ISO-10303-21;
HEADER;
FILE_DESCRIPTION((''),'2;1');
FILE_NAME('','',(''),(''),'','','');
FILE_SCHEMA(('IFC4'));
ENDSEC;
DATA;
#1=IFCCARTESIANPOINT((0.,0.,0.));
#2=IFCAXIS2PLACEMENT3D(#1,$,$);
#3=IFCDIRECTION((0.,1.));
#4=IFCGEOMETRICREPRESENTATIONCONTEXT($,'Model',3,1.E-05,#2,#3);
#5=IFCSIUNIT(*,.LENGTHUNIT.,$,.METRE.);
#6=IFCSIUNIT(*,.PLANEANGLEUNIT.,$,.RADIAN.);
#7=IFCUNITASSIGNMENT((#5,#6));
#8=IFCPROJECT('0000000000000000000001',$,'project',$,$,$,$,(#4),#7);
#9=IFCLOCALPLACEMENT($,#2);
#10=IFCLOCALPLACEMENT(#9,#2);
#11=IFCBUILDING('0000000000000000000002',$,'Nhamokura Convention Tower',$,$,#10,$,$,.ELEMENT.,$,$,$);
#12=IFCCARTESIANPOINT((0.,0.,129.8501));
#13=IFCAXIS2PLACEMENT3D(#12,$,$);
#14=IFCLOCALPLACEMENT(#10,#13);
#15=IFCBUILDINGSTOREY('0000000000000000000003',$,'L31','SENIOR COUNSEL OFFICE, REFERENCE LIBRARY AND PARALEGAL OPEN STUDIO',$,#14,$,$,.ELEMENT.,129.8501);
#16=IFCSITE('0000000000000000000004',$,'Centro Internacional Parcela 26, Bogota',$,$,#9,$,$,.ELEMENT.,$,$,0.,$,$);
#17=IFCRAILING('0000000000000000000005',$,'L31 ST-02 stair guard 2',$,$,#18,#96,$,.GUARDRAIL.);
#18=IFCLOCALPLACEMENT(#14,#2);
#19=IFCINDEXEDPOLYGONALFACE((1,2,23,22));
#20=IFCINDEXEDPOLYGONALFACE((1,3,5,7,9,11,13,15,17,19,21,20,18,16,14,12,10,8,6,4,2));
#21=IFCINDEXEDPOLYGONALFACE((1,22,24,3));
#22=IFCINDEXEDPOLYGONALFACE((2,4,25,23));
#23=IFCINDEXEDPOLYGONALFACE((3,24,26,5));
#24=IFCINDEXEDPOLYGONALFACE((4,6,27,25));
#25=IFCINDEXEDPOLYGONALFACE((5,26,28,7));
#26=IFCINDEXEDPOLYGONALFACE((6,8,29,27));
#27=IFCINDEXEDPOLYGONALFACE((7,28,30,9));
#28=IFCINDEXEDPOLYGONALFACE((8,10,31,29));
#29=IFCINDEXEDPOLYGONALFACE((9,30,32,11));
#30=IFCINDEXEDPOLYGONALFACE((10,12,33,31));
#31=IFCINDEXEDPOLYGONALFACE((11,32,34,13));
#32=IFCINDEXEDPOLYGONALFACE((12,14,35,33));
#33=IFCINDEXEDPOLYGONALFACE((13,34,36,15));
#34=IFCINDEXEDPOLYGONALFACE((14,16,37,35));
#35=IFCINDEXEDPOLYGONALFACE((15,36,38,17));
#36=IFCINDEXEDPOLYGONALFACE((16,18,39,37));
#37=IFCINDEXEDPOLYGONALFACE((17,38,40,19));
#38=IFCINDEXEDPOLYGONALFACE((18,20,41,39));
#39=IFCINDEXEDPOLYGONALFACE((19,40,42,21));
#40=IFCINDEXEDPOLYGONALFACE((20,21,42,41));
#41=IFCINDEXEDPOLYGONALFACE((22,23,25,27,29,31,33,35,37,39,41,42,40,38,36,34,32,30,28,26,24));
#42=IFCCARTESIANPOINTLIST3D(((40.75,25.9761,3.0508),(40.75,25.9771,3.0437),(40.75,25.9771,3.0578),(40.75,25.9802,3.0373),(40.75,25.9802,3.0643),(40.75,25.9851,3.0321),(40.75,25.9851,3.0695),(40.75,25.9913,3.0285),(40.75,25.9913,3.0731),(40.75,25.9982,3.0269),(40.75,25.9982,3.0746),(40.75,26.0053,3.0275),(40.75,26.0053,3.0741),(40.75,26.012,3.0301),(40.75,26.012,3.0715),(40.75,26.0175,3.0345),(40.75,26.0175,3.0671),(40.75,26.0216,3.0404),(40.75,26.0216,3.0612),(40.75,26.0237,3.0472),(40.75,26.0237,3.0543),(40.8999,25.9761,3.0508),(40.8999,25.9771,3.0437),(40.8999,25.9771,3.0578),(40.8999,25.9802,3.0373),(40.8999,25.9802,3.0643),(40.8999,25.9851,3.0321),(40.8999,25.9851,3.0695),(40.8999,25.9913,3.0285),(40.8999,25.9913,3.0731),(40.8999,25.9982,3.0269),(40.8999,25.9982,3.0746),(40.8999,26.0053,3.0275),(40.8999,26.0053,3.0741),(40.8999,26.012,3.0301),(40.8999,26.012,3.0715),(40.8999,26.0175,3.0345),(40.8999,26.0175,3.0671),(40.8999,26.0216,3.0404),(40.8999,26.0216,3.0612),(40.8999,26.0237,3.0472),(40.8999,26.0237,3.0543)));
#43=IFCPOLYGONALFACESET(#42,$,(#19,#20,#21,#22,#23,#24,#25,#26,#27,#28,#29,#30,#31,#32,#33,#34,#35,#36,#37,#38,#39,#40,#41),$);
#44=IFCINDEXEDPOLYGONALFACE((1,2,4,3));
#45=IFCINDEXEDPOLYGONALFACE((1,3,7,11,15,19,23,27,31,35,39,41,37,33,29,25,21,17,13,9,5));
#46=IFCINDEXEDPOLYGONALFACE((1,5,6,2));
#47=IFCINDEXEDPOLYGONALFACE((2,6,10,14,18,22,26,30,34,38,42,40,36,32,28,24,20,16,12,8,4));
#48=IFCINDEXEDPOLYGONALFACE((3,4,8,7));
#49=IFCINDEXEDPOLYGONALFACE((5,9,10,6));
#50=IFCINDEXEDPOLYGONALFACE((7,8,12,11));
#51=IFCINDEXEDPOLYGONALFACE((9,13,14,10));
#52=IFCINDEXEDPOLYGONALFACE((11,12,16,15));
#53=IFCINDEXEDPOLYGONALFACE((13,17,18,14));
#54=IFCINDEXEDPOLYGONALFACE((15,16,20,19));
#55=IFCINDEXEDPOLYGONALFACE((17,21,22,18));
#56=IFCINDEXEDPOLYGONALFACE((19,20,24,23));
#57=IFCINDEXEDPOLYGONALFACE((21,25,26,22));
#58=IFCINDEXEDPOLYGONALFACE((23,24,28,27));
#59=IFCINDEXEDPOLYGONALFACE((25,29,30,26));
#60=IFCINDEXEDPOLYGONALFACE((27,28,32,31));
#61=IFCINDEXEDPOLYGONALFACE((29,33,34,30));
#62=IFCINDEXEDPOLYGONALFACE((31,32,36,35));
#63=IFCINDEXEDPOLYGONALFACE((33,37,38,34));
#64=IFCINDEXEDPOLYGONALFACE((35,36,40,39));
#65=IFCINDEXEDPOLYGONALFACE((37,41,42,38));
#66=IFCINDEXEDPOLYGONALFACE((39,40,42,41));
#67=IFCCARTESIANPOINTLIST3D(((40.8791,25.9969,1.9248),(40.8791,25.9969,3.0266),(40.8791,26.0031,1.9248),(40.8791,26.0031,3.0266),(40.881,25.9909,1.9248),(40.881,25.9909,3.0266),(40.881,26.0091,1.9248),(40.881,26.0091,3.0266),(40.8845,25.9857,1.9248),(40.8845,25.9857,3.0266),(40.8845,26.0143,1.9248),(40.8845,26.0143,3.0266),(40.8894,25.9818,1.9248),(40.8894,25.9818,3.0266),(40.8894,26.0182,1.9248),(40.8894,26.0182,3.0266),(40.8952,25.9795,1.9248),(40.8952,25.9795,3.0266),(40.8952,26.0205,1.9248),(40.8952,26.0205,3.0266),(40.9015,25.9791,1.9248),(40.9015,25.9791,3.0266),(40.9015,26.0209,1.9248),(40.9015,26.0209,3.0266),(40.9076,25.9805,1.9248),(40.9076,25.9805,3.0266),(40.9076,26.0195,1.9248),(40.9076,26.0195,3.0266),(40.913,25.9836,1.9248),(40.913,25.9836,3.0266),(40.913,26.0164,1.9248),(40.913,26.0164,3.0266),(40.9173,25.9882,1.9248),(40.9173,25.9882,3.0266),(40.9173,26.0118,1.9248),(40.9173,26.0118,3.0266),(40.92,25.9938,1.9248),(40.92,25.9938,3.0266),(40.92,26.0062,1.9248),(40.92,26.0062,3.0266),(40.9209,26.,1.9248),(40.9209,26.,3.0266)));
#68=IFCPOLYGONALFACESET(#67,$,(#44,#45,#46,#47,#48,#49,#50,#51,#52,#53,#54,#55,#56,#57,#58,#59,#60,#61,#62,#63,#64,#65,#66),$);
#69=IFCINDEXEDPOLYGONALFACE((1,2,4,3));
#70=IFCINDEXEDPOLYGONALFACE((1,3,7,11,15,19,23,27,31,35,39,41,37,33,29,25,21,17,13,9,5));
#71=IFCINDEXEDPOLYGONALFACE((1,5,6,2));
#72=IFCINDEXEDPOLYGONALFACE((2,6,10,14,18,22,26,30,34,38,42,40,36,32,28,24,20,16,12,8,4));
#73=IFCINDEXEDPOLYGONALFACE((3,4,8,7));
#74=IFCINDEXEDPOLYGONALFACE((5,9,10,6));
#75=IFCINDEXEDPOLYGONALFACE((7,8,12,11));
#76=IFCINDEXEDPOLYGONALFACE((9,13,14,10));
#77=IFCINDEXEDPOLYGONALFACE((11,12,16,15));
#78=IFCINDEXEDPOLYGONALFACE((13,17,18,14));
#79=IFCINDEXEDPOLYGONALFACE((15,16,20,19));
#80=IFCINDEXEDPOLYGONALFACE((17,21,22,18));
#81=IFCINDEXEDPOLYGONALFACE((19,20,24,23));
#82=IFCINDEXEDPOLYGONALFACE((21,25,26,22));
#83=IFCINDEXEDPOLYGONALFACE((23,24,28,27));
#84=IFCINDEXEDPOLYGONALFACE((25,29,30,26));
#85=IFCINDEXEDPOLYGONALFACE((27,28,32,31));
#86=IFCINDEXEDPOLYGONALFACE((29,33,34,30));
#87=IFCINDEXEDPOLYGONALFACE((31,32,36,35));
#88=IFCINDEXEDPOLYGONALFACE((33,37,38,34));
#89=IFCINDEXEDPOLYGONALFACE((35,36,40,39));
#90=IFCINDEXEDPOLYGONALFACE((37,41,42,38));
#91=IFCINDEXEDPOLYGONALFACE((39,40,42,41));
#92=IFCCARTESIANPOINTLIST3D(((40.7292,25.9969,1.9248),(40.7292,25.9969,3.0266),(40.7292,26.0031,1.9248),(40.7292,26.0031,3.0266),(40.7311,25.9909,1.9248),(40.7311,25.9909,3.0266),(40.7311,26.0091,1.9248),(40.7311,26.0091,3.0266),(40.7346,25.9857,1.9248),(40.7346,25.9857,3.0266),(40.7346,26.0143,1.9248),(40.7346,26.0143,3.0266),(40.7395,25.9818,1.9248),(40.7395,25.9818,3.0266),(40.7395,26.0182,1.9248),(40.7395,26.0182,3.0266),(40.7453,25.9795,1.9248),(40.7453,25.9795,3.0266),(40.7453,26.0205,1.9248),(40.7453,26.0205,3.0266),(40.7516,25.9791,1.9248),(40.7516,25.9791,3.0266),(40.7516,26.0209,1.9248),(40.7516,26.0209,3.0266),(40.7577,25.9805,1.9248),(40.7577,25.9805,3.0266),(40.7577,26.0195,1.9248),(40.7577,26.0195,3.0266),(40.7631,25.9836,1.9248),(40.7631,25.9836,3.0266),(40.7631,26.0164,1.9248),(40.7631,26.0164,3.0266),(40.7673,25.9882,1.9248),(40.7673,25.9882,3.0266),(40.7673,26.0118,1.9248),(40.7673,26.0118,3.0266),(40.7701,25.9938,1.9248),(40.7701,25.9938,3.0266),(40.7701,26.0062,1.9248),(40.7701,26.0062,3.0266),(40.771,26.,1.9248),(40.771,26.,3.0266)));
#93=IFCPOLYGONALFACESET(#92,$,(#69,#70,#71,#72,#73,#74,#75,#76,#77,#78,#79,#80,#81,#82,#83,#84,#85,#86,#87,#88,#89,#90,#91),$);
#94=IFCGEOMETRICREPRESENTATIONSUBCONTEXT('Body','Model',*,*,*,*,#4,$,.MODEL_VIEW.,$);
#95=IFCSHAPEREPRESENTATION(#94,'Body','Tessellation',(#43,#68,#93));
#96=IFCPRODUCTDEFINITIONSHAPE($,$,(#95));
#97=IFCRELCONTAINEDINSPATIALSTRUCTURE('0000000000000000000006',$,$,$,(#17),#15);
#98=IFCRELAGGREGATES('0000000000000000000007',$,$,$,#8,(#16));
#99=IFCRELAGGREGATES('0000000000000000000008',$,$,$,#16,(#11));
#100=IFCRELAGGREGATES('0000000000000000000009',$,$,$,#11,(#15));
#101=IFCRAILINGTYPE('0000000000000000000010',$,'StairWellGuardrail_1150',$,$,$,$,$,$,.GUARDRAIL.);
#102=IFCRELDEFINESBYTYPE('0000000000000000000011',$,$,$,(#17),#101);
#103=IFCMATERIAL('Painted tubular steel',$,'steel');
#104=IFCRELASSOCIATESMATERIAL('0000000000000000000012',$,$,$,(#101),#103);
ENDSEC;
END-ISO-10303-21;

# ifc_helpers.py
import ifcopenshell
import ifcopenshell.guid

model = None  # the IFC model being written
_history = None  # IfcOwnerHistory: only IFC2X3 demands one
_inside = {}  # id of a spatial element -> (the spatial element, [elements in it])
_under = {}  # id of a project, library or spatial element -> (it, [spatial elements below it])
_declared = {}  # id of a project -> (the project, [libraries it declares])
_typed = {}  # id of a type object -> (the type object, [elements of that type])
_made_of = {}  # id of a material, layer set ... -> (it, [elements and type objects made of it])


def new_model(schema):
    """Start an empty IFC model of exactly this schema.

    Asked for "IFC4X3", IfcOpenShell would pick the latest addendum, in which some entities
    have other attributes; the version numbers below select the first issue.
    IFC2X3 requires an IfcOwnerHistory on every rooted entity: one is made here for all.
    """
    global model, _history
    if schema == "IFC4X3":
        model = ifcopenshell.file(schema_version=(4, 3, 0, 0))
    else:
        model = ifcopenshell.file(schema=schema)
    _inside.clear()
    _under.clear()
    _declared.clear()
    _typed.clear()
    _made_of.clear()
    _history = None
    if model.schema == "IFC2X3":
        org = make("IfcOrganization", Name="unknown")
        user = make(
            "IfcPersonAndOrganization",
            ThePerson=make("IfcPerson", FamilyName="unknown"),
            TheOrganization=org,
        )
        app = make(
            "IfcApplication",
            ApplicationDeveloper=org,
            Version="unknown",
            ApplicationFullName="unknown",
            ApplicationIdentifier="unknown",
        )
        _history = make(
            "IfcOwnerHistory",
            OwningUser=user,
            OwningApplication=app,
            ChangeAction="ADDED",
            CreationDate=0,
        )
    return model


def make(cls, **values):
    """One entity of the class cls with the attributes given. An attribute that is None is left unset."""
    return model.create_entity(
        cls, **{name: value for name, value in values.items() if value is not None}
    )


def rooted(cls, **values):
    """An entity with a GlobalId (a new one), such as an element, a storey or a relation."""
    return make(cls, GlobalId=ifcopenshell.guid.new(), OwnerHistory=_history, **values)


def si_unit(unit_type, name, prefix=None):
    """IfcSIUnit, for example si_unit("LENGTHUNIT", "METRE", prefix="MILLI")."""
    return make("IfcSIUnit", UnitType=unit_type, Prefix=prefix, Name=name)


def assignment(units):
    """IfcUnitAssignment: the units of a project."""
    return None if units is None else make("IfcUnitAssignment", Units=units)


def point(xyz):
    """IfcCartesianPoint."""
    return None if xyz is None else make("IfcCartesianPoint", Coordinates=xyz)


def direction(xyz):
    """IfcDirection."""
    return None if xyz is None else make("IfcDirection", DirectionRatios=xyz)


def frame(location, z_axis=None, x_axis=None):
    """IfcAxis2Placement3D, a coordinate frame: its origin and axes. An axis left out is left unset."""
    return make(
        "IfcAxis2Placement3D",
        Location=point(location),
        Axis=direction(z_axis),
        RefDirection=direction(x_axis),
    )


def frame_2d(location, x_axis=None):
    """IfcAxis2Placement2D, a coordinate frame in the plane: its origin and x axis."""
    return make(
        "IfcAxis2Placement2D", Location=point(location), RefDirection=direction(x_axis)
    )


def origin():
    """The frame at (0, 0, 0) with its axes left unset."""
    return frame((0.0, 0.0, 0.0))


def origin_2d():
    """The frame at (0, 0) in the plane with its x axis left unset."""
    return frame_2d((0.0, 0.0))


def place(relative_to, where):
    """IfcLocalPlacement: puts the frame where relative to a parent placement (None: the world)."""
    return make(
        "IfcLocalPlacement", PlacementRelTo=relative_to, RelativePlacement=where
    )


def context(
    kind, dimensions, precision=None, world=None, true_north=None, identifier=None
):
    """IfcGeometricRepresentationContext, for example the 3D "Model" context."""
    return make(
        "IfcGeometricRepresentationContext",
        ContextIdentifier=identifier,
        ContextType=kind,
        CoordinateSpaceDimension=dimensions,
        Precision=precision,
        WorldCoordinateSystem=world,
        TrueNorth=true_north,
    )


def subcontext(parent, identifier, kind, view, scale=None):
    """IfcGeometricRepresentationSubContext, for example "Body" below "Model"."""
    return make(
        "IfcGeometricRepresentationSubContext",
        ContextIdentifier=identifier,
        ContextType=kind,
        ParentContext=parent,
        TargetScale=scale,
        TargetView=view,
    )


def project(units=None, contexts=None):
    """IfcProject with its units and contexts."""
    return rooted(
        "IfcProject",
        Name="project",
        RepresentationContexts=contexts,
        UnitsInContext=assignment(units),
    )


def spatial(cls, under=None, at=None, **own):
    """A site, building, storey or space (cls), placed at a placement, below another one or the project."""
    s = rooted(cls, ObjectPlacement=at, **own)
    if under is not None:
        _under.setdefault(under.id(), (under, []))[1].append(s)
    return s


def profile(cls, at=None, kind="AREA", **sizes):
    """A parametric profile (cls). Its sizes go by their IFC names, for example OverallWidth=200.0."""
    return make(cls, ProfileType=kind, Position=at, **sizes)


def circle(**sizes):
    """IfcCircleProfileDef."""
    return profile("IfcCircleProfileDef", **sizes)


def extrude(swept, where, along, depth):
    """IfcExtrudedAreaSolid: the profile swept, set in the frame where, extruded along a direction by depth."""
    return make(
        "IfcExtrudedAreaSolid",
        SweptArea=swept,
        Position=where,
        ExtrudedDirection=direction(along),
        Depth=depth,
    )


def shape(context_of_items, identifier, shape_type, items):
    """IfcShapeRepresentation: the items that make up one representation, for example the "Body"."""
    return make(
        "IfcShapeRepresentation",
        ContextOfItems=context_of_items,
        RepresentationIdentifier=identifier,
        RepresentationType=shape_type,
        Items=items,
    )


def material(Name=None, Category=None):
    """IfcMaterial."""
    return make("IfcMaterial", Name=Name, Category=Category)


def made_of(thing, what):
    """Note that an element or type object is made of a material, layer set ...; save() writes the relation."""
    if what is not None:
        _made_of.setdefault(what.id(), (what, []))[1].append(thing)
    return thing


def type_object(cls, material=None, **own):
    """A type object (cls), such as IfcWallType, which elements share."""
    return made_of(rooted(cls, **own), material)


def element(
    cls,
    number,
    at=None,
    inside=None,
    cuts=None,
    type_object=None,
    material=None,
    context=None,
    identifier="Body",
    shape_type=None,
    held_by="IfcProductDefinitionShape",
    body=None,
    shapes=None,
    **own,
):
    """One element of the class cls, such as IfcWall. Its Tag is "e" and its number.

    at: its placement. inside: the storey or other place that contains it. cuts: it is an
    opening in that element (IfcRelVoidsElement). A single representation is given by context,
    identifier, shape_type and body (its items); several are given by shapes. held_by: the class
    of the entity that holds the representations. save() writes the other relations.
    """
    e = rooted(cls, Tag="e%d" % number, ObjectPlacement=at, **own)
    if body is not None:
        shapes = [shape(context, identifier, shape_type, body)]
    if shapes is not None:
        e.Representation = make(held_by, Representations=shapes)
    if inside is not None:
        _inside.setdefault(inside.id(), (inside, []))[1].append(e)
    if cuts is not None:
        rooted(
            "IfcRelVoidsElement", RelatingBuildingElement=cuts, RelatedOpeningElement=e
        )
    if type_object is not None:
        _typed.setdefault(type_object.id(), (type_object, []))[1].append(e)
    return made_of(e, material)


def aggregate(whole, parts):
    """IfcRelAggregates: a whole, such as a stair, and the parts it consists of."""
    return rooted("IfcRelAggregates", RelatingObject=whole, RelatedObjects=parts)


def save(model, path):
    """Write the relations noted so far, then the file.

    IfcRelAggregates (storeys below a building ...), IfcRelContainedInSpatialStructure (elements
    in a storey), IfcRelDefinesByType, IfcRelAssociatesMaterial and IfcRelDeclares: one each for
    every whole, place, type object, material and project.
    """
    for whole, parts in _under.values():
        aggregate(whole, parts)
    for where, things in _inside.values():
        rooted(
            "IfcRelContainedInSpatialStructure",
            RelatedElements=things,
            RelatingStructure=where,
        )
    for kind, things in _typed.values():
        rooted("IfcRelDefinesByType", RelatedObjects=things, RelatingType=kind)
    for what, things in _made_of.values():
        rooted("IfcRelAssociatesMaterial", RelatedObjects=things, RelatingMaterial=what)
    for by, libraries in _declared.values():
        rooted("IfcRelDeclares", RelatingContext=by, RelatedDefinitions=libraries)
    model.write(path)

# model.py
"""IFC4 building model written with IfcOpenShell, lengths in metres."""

from ifc_helpers import new_model, si_unit, direction, frame, origin, origin_2d, place, context, subcontext, project, spatial, circle, extrude, material, type_object, element, save


model = new_model("IFC4")

# Units and contexts
model_context = context("Model", 3, precision=1e-05, world=origin(), true_north=direction((0.0, 1.0)))
body_context = subcontext(model_context, "Body", "Model", "MODEL_VIEW")
ifc_project = project(units=[si_unit("LENGTHUNIT", "METRE"), si_unit("PLANEANGLEUNIT", "RADIAN")], contexts=[model_context])

# Site, building, storey
site_placement = place(None, origin())
site = spatial("IfcSite", under=ifc_project, at=site_placement, Name="Centro Internacional Parcela 26, Bogota", CompositionType="ELEMENT", RefElevation=0.0)
building_placement = place(site_placement, origin())
building = spatial("IfcBuilding", under=site, at=building_placement, Name="Nhamokura Convention Tower", CompositionType="ELEMENT")
storey_placement = place(building_placement, frame((0.0, 0.0, 129.8501)))
storey = spatial("IfcBuildingStorey", under=building, at=storey_placement, Name="L31", Description="SENIOR COUNSEL OFFICE, REFERENCE LIBRARY AND PARALEGAL OPEN STUDIO", CompositionType="ELEMENT", Elevation=129.8501)

# Railing
ifc_material_1 = material(Name="Painted tubular steel", Category="steel")
railing_type_1 = type_object("IfcRailingType", Name="StairWellGuardrail_1150", PredefinedType="GUARDRAIL", material=ifc_material_1)
railing_1_placement = place(storey_placement, frame((40.8999, 26.0, 1.9248)))
element("IfcRailing", 1, at=railing_1_placement, inside=storey, type_object=railing_type_1, Name="L31 ST-02 stair guard 2", PredefinedType="GUARDRAIL", context=body_context, shape_type="SweptSolid", body=[
    extrude(circle(Radius=0.0239, at=origin_2d()), frame((0.0, 0.0, 1.126), z_axis=(-1.0, 0.0, 0.0), x_axis=(0.0, -1.0, 0.0)), (0.0, 0.0, 1.0), 0.1499),
    extrude(circle(Radius=0.021, at=origin_2d()), origin(), (0.0, 0.0, 1.0), 1.1018),
    extrude(circle(Radius=0.021, at=origin_2d()), frame((-0.1499, 0.0, 0.0)), (0.0, 0.0, 1.0), 1.1018),
])

save(model, "model.ifc")
